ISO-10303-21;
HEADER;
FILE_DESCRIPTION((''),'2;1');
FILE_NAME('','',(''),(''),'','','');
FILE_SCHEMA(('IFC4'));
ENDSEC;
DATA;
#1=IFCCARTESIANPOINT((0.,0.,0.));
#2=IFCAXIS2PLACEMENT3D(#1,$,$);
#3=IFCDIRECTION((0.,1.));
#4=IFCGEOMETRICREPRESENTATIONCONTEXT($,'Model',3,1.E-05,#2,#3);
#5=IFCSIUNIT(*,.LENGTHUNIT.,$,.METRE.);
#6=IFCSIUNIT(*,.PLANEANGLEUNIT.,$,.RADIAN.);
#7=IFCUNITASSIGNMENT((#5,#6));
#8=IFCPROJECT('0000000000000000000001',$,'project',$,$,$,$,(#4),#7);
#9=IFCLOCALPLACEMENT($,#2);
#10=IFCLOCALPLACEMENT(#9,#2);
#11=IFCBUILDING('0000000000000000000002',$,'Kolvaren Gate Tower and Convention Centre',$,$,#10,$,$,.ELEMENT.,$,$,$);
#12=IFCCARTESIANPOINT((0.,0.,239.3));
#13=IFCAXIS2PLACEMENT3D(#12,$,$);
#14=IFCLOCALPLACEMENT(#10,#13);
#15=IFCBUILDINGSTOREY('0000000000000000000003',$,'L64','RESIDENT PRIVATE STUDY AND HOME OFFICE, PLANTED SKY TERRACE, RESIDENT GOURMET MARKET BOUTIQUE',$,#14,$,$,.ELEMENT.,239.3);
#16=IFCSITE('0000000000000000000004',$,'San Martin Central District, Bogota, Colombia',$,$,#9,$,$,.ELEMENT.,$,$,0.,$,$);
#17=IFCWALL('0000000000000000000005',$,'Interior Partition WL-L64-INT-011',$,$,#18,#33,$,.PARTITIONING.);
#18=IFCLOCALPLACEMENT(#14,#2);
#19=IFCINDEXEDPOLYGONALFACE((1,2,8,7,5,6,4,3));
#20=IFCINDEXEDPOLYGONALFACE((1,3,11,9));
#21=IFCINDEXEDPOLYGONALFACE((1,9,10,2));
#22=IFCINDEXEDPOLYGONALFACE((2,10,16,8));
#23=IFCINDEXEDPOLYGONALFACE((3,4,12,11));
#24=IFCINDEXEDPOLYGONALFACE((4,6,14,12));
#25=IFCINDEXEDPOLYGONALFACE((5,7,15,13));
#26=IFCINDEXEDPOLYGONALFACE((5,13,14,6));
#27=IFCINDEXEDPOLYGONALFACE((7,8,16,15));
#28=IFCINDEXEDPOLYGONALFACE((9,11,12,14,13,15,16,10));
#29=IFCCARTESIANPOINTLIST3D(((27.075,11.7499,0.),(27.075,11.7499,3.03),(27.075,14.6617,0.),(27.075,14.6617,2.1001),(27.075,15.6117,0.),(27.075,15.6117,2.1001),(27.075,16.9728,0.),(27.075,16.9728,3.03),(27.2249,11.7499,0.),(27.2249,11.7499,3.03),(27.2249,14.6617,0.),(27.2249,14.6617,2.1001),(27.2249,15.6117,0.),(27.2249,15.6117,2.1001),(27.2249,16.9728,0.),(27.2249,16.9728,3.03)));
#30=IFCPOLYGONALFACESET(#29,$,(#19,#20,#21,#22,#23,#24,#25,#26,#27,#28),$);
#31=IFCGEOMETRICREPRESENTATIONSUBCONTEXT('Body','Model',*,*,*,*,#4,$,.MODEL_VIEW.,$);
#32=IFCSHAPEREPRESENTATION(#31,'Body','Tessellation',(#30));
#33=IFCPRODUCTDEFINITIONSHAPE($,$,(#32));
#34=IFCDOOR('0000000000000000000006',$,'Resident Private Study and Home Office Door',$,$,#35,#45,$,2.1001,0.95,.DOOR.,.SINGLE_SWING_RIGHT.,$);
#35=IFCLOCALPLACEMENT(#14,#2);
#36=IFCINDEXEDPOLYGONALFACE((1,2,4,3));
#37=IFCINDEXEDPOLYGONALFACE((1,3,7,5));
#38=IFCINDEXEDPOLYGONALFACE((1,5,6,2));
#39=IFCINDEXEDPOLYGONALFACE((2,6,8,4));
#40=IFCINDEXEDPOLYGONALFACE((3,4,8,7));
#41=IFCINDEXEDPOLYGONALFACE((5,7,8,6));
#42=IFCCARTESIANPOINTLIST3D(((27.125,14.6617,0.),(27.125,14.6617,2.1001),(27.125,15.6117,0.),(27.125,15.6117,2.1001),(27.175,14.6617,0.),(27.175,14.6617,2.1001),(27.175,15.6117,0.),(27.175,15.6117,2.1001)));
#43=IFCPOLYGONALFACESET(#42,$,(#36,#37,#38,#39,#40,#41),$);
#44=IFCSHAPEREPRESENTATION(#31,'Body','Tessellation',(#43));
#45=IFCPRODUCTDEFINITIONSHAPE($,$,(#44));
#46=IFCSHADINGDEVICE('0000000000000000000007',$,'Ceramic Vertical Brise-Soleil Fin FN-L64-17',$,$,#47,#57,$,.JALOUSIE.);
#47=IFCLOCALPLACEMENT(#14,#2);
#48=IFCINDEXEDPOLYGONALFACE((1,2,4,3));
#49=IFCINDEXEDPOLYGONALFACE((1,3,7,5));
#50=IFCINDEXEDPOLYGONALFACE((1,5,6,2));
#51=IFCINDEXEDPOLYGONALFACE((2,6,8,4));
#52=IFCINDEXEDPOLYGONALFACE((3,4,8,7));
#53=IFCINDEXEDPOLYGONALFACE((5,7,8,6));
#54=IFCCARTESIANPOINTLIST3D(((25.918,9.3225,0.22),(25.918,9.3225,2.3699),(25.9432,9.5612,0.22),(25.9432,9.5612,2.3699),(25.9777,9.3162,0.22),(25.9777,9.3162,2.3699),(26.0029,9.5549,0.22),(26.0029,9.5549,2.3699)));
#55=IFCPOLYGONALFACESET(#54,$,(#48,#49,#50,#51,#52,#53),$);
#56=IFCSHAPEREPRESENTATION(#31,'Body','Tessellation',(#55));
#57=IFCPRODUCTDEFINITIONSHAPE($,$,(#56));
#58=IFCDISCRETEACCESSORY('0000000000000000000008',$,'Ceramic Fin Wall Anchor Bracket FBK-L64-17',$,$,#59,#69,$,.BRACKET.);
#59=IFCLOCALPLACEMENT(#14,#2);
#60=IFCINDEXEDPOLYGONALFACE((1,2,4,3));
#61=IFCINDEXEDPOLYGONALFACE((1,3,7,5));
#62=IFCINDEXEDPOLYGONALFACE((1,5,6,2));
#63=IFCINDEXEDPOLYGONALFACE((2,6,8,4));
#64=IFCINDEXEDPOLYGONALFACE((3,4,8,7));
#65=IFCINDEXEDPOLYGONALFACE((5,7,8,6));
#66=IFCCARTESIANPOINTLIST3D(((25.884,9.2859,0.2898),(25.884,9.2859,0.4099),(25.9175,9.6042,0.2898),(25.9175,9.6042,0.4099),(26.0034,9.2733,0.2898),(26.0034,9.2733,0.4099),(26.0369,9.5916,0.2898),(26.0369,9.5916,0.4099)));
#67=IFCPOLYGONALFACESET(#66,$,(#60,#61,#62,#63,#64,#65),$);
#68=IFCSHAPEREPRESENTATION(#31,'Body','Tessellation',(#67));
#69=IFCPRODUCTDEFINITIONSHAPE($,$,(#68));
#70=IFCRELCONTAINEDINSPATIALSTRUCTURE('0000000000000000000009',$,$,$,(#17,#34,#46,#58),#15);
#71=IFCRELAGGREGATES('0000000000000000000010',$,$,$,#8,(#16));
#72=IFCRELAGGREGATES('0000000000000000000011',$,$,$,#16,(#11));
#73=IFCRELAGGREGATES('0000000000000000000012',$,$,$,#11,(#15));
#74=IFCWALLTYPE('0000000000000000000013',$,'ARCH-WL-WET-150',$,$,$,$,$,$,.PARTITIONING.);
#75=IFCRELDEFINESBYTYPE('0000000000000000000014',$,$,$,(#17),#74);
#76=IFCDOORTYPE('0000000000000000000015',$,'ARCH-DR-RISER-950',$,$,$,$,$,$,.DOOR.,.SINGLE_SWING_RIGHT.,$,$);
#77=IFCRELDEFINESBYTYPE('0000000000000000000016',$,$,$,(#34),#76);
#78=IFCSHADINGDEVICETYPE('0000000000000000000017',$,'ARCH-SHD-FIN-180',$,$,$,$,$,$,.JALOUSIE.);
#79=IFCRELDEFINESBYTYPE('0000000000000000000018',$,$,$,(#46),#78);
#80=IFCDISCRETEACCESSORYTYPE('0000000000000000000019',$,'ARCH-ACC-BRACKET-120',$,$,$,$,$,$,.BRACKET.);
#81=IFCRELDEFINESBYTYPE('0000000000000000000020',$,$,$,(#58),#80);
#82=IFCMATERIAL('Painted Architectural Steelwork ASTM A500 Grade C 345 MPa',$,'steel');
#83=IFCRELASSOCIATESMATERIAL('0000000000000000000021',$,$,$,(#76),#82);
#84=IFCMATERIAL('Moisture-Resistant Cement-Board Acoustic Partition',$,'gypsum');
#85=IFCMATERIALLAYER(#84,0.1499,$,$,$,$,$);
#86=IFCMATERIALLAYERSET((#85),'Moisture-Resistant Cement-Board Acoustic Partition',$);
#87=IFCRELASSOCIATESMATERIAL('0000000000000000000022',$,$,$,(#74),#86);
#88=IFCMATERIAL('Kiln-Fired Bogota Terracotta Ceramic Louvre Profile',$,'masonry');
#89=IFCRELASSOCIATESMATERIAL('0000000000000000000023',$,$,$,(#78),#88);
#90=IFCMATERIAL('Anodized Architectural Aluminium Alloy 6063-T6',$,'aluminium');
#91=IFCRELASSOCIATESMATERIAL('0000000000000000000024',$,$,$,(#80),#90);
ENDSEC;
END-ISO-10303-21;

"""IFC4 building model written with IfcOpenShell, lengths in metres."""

from ifc_helpers import new_model, si_unit, direction, frame, frame_2d, origin, origin_2d, place, context, subcontext, project, spatial, rectangle, extrude, material, layer, layer_set, type_object, element, fill, save


model = new_model("IFC4")

# Units and contexts
model_context = context("Model", 3, precision=1e-05, world=origin(), true_north=direction((0.0, 1.0)))
body_context = subcontext(model_context, "Body", "Model", "MODEL_VIEW")
ifc_project = project(units=[si_unit("LENGTHUNIT", "METRE"), si_unit("PLANEANGLEUNIT", "RADIAN")], contexts=[model_context])

# Site, building, storey
site_placement = place(None, origin())
site = spatial("IfcSite", under=ifc_project, at=site_placement, Name="San Martin Central District, Bogota, Colombia", CompositionType="ELEMENT", RefElevation=0.0)
building_placement = place(site_placement, origin())
building = spatial("IfcBuilding", under=site, at=building_placement, Name="Kolvaren Gate Tower and Convention Centre", CompositionType="ELEMENT")
storey_placement = place(building_placement, frame((0.0, 0.0, 239.3)))
storey = spatial("IfcBuildingStorey", under=building, at=storey_placement, Name="L64", Description="RESIDENT PRIVATE STUDY AND HOME OFFICE, PLANTED SKY TERRACE, RESIDENT GOURMET MARKET BOUTIQUE", CompositionType="ELEMENT", Elevation=239.3)

# Shared definitions
ifc_material_1 = material(Name="Painted Architectural Steelwork ASTM A500 Grade C 345 MPa", Category="steel")
door_type = type_object("IfcDoorType", Name="ARCH-DR-RISER-950", OperationType="SINGLE_SWING_RIGHT", PredefinedType="DOOR", material=ifc_material_1)

# Wall, opening, door
ifc_material_2 = material(Name="Moisture-Resistant Cement-Board Acoustic Partition", Category="gypsum")
ifc_layer_1 = layer(ifc_material_2, 0.1499)
ifc_layer_set_1 = layer_set([ifc_layer_1], Name="Moisture-Resistant Cement-Board Acoustic Partition")
wall_type_1 = type_object("IfcWallType", Name="ARCH-WL-WET-150", PredefinedType="PARTITIONING", material=ifc_layer_set_1)
wall_1_placement = place(storey_placement, frame((27.1499, 11.75, 0.0), z_axis=(0.0, 0.0, 1.0), x_axis=(0.0, 1.0, 0.0)))
wall_1 = element("IfcWall", 1, at=wall_1_placement, inside=storey, type_object=wall_type_1, Name="Interior Partition WL-L64-INT-011", PredefinedType="PARTITIONING", context=body_context, shape_type="SweptSolid", body=[
    extrude(rectangle(XDim=5.2229, YDim=0.1499, at=frame_2d((2.6113, 0.0))), origin(), (0.0, 0.0, 1.0), 3.03),
])
opening_1_placement = place(wall_1_placement, frame((2.9116, 0.0, 0.0)))
opening_1 = element("IfcOpeningElement", 2, at=opening_1_placement, cuts=wall_1, PredefinedType="OPENING", context=body_context, shape_type="SweptSolid", body=[
    extrude(rectangle(XDim=0.95, YDim=2.1001, at=frame_2d((0.4751, 1.05))), frame((0.0, 0.085, 0.0), z_axis=(0.0, -1.0, 0.0), x_axis=(1.0, 0.0, 0.0)), (0.0, 0.0, 1.0), 0.1699),
])
door_1_placement = place(opening_1_placement, origin())
door_1 = element("IfcDoor", 3, at=door_1_placement, inside=storey, type_object=door_type, Name="Resident Private Study and Home Office Door", OperationType="SINGLE_SWING_RIGHT", OverallHeight=2.1001, OverallWidth=0.95, PredefinedType="DOOR", context=body_context, shape_type="SweptSolid", body=[
    extrude(rectangle(XDim=0.95, YDim=2.1001, at=frame_2d((0.4751, 1.05))), frame((0.0, 0.0249, 0.0), z_axis=(0.0, -1.0, 0.0), x_axis=(1.0, 0.0, 0.0)), (0.0, 0.0, 1.0), 0.05),
])
fill(opening_1, door_1)

# Shading device
ifc_material_3 = material(Name="Kiln-Fired Bogota Terracotta Ceramic Louvre Profile", Category="masonry")
shading_device_type = type_object("IfcShadingDeviceType", Name="ARCH-SHD-FIN-180", PredefinedType="JALOUSIE", material=ifc_material_3)
shading_device_placement = place(storey_placement, frame((25.9604, 9.4387, 0.22), z_axis=(0.0, 0.0, 1.0), x_axis=(0.9945, -0.104737, 0.0)))
element("IfcShadingDevice", 4, at=shading_device_placement, inside=storey, type_object=shading_device_type, Name="Ceramic Vertical Brise-Soleil Fin FN-L64-17", PredefinedType="JALOUSIE", context=body_context, shape_type="SweptSolid", body=[
    extrude(rectangle(XDim=0.0601, YDim=0.24, at=origin_2d()), origin(), (0.0, 0.0, 1.0), 2.1499),
])

# Discrete accessory
ifc_material_4 = material(Name="Anodized Architectural Aluminium Alloy 6063-T6", Category="aluminium")
discrete_accessory_type = type_object("IfcDiscreteAccessoryType", Name="ARCH-ACC-BRACKET-120", PredefinedType="BRACKET", material=ifc_material_4)
discrete_accessory_placement = place(storey_placement, frame((25.9604, 9.4387, 0.2898), z_axis=(0.0, 0.0, 1.0), x_axis=(0.9945, -0.104737, 0.0)))
element("IfcDiscreteAccessory", 5, at=discrete_accessory_placement, inside=storey, type_object=discrete_accessory_type, Name="Ceramic Fin Wall Anchor Bracket FBK-L64-17", PredefinedType="BRACKET", context=body_context, shape_type="SweptSolid", body=[
    extrude(rectangle(XDim=0.1201, YDim=0.3201, at=origin_2d()), origin(), (0.0, 0.0, 1.0), 0.1201),
])

save(model, "model.ifc")
